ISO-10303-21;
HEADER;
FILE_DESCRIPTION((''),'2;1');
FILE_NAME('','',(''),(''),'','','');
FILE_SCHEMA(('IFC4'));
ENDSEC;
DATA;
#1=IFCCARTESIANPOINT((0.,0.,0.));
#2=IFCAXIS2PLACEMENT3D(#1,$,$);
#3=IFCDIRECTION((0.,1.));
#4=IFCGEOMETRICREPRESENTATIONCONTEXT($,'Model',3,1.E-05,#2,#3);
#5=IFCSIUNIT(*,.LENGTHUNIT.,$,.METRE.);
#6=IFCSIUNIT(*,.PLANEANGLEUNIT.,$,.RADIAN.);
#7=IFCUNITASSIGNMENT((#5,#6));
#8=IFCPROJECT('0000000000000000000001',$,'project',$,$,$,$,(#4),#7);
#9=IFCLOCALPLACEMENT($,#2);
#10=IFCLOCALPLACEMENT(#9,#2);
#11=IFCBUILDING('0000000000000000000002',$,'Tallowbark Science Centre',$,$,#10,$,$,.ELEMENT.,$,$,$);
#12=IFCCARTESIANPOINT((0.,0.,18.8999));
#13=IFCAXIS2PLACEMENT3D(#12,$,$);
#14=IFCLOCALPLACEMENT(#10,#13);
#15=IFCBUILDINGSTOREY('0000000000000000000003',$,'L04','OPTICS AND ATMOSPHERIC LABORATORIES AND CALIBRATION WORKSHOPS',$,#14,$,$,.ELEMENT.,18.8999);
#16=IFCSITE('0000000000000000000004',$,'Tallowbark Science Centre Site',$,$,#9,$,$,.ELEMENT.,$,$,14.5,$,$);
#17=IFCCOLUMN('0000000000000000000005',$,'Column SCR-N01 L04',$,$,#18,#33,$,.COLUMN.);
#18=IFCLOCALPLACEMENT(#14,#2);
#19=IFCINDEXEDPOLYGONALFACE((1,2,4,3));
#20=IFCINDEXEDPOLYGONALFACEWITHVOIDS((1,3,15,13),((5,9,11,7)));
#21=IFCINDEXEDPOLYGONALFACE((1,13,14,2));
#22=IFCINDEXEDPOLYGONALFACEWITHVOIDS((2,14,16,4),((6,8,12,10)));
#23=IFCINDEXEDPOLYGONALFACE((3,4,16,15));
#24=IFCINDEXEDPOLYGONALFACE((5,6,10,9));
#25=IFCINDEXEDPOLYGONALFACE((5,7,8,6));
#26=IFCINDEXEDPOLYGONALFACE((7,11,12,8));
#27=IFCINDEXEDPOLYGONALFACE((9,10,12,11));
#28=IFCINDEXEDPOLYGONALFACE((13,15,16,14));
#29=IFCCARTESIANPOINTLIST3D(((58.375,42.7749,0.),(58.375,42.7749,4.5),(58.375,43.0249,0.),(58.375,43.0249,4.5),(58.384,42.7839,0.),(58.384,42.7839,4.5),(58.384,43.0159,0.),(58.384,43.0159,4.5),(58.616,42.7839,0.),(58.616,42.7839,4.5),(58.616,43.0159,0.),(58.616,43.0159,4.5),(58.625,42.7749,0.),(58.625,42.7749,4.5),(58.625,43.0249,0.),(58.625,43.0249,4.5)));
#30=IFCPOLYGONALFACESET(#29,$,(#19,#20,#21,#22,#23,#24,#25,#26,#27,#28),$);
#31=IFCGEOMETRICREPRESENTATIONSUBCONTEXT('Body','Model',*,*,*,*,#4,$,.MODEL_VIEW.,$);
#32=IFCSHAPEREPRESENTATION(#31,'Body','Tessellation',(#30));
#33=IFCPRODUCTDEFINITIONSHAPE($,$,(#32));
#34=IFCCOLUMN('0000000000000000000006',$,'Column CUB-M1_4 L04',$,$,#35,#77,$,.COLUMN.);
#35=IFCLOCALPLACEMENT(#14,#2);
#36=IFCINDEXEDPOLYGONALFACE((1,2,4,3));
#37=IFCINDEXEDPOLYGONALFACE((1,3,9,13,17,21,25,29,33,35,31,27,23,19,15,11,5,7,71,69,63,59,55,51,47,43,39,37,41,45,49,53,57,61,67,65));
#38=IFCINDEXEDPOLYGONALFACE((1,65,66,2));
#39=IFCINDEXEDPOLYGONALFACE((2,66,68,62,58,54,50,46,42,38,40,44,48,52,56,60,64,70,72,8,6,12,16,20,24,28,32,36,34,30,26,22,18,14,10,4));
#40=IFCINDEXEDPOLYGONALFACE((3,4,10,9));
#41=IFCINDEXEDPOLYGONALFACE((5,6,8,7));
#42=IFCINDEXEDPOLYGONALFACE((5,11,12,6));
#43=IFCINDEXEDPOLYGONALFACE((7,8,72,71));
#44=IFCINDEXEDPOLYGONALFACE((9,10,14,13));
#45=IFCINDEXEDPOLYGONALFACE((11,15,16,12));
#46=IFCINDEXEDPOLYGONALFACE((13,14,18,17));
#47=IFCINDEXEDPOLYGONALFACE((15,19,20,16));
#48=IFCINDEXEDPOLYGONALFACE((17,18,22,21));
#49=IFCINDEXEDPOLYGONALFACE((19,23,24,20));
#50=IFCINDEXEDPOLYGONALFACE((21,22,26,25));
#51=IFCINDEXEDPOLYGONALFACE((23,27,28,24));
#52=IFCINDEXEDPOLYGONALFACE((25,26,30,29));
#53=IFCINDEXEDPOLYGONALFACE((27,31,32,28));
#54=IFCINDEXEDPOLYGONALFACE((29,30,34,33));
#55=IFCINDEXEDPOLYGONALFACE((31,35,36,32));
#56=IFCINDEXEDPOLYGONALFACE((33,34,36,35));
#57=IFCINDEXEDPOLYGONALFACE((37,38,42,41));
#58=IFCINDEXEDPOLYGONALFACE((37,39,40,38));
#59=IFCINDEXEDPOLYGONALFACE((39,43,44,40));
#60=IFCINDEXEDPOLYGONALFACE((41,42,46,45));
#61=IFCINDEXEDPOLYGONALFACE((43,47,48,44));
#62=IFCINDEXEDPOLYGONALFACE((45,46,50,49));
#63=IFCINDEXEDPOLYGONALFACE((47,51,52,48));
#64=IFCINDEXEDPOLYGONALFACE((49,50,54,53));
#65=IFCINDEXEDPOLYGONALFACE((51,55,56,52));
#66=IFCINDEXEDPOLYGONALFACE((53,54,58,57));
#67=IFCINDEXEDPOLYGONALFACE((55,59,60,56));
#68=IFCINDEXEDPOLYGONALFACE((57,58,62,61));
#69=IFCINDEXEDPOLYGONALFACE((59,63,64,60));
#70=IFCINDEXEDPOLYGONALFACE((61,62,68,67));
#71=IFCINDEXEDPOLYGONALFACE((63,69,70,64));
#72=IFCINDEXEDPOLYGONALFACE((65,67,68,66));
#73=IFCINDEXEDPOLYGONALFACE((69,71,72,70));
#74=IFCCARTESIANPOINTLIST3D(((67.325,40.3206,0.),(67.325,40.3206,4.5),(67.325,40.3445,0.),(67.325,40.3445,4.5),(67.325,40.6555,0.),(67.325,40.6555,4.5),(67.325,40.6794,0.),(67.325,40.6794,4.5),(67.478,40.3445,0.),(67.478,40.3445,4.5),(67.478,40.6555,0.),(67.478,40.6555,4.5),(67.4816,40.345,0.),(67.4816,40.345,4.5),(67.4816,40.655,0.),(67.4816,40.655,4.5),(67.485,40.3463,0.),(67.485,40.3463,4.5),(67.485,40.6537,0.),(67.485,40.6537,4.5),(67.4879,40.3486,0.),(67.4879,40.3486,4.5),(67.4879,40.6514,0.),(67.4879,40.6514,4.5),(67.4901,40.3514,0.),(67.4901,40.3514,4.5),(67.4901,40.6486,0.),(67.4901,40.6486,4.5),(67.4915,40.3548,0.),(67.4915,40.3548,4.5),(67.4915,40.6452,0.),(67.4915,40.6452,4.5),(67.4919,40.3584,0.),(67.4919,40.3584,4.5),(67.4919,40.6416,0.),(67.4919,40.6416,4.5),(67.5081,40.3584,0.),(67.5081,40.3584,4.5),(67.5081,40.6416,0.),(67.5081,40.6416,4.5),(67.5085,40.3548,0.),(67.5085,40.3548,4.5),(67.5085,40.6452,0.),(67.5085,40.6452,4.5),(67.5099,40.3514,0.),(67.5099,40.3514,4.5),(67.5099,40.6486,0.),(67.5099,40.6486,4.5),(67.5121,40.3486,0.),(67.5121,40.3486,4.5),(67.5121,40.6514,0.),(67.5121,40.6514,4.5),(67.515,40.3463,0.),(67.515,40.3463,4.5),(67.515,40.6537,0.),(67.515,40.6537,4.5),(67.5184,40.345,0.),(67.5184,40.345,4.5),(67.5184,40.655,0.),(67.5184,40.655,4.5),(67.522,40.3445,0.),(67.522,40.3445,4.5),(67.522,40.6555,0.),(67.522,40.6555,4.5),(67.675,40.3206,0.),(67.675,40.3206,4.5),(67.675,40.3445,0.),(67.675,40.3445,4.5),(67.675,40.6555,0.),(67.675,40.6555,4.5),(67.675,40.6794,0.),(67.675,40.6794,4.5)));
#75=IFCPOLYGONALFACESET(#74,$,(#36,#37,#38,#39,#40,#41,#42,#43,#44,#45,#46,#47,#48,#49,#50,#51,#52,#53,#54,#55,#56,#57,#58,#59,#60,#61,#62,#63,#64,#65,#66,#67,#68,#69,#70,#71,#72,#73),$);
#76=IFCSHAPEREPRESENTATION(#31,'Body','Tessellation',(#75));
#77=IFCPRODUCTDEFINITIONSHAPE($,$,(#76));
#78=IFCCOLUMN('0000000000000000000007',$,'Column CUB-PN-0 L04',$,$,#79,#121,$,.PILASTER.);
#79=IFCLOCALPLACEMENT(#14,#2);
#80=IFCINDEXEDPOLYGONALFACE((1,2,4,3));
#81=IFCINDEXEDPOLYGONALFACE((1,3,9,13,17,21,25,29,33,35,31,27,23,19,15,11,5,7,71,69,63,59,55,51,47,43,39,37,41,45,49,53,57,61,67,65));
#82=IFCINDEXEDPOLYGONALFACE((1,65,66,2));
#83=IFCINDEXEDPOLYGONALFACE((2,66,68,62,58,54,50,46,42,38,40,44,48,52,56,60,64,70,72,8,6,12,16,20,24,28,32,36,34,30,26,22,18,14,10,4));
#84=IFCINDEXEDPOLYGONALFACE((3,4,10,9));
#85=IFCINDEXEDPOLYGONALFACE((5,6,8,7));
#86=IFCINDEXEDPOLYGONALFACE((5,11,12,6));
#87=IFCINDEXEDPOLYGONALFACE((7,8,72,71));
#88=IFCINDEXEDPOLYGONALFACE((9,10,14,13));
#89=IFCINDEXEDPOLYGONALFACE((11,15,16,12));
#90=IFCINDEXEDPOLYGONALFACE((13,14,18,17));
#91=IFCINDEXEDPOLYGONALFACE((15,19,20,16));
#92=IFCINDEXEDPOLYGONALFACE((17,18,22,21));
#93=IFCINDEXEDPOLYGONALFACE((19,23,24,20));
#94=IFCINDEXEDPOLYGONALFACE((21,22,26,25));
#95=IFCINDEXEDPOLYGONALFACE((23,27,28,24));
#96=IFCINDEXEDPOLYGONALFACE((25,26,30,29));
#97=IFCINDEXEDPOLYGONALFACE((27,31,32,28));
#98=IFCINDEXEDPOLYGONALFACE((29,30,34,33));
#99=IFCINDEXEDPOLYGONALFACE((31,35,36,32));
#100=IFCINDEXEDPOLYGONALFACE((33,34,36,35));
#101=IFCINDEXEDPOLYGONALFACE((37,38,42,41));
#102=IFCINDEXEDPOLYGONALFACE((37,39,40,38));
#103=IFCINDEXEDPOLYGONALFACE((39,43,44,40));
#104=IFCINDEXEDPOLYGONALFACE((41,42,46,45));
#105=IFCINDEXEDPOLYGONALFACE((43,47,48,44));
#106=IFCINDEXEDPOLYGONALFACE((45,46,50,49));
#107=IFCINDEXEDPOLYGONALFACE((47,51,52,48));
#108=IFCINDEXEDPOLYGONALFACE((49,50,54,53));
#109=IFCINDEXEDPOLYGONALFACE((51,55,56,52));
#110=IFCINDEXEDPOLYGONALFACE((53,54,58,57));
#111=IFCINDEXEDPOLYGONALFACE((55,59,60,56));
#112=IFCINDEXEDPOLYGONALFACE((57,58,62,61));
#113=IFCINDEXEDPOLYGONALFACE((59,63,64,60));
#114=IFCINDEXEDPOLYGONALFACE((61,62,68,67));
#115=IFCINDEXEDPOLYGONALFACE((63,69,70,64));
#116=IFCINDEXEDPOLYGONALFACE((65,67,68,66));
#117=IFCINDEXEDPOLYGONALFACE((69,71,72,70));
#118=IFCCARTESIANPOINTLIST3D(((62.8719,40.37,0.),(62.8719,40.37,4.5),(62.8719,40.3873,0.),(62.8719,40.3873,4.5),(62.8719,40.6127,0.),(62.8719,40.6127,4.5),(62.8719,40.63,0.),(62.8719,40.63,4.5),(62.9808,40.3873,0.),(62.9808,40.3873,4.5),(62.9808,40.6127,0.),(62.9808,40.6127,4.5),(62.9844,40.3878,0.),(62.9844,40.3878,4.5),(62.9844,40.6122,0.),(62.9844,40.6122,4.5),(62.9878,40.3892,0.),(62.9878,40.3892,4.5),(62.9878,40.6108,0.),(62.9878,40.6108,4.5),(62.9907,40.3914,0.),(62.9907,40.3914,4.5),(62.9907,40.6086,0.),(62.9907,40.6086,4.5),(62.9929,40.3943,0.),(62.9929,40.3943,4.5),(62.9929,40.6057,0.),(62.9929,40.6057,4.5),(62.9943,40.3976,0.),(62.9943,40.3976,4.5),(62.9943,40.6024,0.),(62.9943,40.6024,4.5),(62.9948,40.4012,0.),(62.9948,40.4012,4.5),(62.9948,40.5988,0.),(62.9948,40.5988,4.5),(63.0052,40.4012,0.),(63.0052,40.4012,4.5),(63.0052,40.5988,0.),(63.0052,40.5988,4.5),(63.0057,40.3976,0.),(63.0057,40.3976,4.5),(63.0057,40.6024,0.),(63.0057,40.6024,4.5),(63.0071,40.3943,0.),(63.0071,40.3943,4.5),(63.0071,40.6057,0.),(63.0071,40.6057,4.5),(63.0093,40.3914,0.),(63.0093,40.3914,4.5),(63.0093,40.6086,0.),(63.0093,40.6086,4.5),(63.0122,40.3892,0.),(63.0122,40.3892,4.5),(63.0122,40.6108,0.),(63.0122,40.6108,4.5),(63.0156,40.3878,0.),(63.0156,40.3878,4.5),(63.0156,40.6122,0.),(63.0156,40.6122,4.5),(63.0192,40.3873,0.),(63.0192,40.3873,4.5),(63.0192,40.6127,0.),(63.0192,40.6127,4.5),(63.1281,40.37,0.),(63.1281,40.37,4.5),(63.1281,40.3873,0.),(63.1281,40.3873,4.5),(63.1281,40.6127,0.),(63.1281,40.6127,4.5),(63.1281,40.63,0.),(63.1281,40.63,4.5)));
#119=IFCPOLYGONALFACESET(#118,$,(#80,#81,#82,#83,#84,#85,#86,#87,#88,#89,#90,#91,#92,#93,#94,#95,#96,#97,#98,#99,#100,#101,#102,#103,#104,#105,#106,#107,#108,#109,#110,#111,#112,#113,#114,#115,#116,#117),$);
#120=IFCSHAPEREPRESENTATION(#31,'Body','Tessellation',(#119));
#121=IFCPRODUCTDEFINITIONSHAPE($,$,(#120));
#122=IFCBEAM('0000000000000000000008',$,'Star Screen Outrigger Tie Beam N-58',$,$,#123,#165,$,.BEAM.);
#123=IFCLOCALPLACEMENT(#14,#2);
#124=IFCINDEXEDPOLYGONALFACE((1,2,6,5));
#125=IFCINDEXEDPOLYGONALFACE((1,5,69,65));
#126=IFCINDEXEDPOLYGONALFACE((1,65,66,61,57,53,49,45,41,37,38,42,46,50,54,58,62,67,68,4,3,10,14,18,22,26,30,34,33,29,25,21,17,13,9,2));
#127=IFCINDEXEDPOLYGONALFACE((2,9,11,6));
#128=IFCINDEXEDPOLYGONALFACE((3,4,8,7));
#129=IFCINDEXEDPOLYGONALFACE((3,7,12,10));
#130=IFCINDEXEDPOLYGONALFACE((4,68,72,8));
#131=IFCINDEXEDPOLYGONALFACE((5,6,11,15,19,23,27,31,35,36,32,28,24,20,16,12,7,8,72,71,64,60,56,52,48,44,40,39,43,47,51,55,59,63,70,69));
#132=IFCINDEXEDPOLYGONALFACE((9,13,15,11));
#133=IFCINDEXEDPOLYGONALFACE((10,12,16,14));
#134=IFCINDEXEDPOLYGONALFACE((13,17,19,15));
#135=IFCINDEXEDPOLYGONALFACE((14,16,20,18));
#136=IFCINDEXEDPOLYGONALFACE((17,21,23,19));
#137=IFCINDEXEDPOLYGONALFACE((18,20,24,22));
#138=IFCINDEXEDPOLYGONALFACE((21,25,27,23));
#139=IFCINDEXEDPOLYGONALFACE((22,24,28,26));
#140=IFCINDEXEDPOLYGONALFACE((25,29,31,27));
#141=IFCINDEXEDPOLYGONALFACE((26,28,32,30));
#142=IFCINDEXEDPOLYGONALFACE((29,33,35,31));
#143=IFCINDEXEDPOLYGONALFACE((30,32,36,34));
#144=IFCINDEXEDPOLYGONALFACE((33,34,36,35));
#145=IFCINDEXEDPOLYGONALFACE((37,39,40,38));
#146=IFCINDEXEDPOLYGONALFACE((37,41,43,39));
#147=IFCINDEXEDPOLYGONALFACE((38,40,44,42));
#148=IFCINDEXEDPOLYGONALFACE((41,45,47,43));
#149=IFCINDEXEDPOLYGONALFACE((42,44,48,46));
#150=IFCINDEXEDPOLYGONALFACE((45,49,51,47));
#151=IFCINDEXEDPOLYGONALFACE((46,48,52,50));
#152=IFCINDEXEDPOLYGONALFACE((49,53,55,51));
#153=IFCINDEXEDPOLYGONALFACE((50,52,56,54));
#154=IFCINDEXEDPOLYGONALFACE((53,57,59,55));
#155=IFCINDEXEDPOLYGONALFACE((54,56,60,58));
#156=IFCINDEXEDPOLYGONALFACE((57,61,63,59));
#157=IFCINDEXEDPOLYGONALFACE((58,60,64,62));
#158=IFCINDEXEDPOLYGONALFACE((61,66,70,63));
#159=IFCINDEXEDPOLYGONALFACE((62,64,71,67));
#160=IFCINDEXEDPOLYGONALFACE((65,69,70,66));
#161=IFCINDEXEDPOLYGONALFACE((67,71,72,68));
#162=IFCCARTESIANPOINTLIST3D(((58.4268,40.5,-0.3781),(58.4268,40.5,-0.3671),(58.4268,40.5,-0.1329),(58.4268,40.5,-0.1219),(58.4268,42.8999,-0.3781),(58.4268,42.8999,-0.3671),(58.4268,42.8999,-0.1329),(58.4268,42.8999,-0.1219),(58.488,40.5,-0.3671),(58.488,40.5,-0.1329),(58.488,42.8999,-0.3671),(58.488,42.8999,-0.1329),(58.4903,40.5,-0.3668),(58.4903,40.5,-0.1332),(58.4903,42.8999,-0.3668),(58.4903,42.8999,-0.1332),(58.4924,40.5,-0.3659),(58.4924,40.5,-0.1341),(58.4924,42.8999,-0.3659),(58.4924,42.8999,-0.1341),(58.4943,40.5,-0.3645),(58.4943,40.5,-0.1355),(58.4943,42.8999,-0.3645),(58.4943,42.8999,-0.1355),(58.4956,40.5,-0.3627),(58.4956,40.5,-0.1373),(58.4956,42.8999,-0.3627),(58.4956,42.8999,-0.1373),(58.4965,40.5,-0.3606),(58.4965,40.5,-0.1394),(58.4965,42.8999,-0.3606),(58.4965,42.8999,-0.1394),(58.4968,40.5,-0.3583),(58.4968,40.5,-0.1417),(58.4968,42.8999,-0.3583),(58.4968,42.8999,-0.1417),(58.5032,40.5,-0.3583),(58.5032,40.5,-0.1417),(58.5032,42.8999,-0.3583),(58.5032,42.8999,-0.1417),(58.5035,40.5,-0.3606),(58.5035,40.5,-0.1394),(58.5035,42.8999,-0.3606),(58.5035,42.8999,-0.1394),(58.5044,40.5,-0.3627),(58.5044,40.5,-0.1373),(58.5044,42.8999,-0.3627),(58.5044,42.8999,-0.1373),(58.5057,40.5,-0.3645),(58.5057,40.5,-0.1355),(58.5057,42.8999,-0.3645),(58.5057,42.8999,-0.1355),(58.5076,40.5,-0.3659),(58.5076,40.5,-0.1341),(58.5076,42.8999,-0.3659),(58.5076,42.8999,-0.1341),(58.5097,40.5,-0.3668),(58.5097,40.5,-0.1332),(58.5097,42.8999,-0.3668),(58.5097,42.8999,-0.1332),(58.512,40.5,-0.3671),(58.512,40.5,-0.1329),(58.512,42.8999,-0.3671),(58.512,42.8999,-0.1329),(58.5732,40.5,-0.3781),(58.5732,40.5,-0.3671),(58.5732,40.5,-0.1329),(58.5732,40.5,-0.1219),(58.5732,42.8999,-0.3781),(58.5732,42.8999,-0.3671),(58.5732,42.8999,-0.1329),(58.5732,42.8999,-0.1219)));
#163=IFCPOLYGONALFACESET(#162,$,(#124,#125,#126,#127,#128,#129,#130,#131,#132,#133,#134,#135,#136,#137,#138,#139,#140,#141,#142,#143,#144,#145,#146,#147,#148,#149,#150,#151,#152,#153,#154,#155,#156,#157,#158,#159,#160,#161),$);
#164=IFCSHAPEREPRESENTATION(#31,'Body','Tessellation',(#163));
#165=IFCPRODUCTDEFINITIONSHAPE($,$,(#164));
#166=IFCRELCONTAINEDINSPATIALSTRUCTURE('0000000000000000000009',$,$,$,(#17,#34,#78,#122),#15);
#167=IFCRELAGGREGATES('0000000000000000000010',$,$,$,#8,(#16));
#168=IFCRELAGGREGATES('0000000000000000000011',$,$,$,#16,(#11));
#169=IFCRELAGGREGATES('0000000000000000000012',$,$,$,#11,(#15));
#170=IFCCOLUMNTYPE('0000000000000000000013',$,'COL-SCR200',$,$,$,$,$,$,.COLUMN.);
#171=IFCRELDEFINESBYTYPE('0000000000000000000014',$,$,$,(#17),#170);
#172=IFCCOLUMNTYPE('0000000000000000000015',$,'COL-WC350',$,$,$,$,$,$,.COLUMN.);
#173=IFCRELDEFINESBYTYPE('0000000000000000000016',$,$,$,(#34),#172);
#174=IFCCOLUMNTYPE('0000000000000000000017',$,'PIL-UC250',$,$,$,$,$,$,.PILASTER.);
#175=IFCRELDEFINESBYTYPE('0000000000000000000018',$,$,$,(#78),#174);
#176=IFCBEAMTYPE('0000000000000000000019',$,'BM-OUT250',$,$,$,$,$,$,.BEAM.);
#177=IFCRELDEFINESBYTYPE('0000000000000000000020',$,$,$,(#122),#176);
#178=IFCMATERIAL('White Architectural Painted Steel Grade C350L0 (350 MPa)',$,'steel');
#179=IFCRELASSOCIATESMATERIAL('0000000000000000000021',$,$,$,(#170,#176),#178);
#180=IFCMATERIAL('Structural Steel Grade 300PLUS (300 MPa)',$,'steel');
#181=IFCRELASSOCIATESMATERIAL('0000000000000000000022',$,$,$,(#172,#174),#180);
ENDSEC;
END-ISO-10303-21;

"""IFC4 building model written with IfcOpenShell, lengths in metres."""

from ifc_helpers import new_model, si_unit, direction, frame, origin, origin_2d, place, context, subcontext, project, spatial, hollow_rectangle, i_section, extrude, material, material_profile, profile_set, type_object, element, save


model = new_model("IFC4")

# Units and contexts
model_context = context("Model", 3, precision=1e-05, world=origin(), true_north=direction((0.0, 1.0)))
body_context = subcontext(model_context, "Body", "Model", "MODEL_VIEW")
ifc_project = project(units=[si_unit("LENGTHUNIT", "METRE"), si_unit("PLANEANGLEUNIT", "RADIAN")], contexts=[model_context])

# Site, building, storey
site_placement = place(None, origin())
site = spatial("IfcSite", under=ifc_project, at=site_placement, Name="Tallowbark Science Centre Site", CompositionType="ELEMENT", RefElevation=14.5)
building_placement = place(site_placement, origin())
building = spatial("IfcBuilding", under=site, at=building_placement, Name="Tallowbark Science Centre", CompositionType="ELEMENT")
storey_placement = place(building_placement, frame((0.0, 0.0, 18.8999)))
storey = spatial("IfcBuildingStorey", under=building, at=storey_placement, Name="L04", Description="OPTICS AND ATMOSPHERIC LABORATORIES AND CALIBRATION WORKSHOPS", CompositionType="ELEMENT", Elevation=18.8999)

# Columns
ifc_material_1 = material(Name="White Architectural Painted Steel Grade C350L0 (350 MPa)", Category="steel")
ifc_material_profile_1 = material_profile(ifc_material_1, hollow_rectangle(XDim=0.25, YDim=0.25, WallThickness=0.009, at=origin_2d()), Name="250x250x9.0SHS")
ifc_profile_set_1 = profile_set([ifc_material_profile_1], Name="White Architectural Painted Steel Grade C350L0 (350 MPa)")
column_type_1 = type_object("IfcColumnType", Name="COL-SCR200", PredefinedType="COLUMN", material=ifc_profile_set_1)
column_1_placement = place(storey_placement, frame((58.5, 42.8999, 0.0), z_axis=(0.0, 0.0, 1.0), x_axis=(1.0, 0.0, 0.0)))
element("IfcColumn", 1, at=column_1_placement, inside=storey, type_object=column_type_1, Name="Column SCR-N01 L04", PredefinedType="COLUMN", context=body_context, shape_type="SweptSolid", body=[
    extrude(hollow_rectangle(XDim=0.25, YDim=0.25, WallThickness=0.009, at=origin_2d()), origin(), (0.0, 0.0, 1.0), 4.5),
])
ifc_material_2 = material(Name="Structural Steel Grade 300PLUS (300 MPa)", Category="steel")
ifc_material_profile_2 = material_profile(ifc_material_2, i_section(OverallWidth=0.3501, OverallDepth=0.3589, WebThickness=0.0161, FlangeThickness=0.0239, FilletRadius=0.0139, at=origin_2d()), Name="350WC197")
ifc_profile_set_2 = profile_set([ifc_material_profile_2], Name="Structural Steel Grade 300PLUS (300 MPa)")
column_type_2 = type_object("IfcColumnType", Name="COL-WC350", PredefinedType="COLUMN", material=ifc_profile_set_2)
column_2_placement = place(storey_placement, frame((67.5, 40.5, 0.0), z_axis=(0.0, 0.0, 1.0), x_axis=(1.0, 0.0, 0.0)))
element("IfcColumn", 2, at=column_2_placement, inside=storey, type_object=column_type_2, Name="Column CUB-M1_4 L04", PredefinedType="COLUMN", context=body_context, shape_type="SweptSolid", body=[
    extrude(i_section(OverallWidth=0.3501, OverallDepth=0.3589, WebThickness=0.0161, FlangeThickness=0.0239, FilletRadius=0.0139, at=origin_2d()), origin(), (0.0, 0.0, 1.0), 4.5),
])
ifc_material_profile_3 = material_profile(ifc_material_2, i_section(OverallWidth=0.2561, OverallDepth=0.26, WebThickness=0.0105, FlangeThickness=0.0173, FilletRadius=0.0139, at=origin_2d()), Name="250UC89.5")
ifc_profile_set_3 = profile_set([ifc_material_profile_3], Name="Structural Steel Grade 300PLUS (300 MPa)")
column_type_3 = type_object("IfcColumnType", Name="PIL-UC250", PredefinedType="PILASTER", material=ifc_profile_set_3)
column_3_placement = place(storey_placement, frame((63.0, 40.5, 0.0), z_axis=(0.0, 0.0, 1.0), x_axis=(1.0, 0.0, 0.0)))
element("IfcColumn", 3, at=column_3_placement, inside=storey, type_object=column_type_3, Name="Column CUB-PN-0 L04", PredefinedType="PILASTER", context=body_context, shape_type="SweptSolid", body=[
    extrude(i_section(OverallWidth=0.2561, OverallDepth=0.26, WebThickness=0.0105, FlangeThickness=0.0173, FilletRadius=0.0139, at=origin_2d()), origin(), (0.0, 0.0, 1.0), 4.5),
])

# Beam
ifc_material_profile_4 = material_profile(ifc_material_1, i_section(OverallWidth=0.1465, OverallDepth=0.2561, WebThickness=0.0063, FlangeThickness=0.011, FilletRadius=0.0088, at=origin_2d()), Name="250UB37.3")
ifc_profile_set_4 = profile_set([ifc_material_profile_4], Name="White Architectural Painted Steel Grade C350L0 (350 MPa)")
beam_type_1 = type_object("IfcBeamType", Name="BM-OUT250", PredefinedType="BEAM", material=ifc_profile_set_4)
for number, where, z_axis, x_axis, name in (
    (4, (58.5, 40.5, -0.25), (0.0, 1.0, 0.0), (-1.0, 0.0, 0.0), "Star Screen Outrigger Tie Beam N-58"),
):
    element("IfcBeam", number, at=place(storey_placement, frame(where, z_axis=z_axis, x_axis=x_axis)), inside=storey, type_object=beam_type_1, Name=name, PredefinedType="BEAM", context=body_context, shape_type="SweptSolid", body=[
        extrude(i_section(OverallWidth=0.1465, OverallDepth=0.2561, WebThickness=0.0063, FlangeThickness=0.011, FilletRadius=0.0088, at=origin_2d()), origin(), (0.0, 0.0, 1.0), 2.3999),
    ])

save(model, "model.ifc")
